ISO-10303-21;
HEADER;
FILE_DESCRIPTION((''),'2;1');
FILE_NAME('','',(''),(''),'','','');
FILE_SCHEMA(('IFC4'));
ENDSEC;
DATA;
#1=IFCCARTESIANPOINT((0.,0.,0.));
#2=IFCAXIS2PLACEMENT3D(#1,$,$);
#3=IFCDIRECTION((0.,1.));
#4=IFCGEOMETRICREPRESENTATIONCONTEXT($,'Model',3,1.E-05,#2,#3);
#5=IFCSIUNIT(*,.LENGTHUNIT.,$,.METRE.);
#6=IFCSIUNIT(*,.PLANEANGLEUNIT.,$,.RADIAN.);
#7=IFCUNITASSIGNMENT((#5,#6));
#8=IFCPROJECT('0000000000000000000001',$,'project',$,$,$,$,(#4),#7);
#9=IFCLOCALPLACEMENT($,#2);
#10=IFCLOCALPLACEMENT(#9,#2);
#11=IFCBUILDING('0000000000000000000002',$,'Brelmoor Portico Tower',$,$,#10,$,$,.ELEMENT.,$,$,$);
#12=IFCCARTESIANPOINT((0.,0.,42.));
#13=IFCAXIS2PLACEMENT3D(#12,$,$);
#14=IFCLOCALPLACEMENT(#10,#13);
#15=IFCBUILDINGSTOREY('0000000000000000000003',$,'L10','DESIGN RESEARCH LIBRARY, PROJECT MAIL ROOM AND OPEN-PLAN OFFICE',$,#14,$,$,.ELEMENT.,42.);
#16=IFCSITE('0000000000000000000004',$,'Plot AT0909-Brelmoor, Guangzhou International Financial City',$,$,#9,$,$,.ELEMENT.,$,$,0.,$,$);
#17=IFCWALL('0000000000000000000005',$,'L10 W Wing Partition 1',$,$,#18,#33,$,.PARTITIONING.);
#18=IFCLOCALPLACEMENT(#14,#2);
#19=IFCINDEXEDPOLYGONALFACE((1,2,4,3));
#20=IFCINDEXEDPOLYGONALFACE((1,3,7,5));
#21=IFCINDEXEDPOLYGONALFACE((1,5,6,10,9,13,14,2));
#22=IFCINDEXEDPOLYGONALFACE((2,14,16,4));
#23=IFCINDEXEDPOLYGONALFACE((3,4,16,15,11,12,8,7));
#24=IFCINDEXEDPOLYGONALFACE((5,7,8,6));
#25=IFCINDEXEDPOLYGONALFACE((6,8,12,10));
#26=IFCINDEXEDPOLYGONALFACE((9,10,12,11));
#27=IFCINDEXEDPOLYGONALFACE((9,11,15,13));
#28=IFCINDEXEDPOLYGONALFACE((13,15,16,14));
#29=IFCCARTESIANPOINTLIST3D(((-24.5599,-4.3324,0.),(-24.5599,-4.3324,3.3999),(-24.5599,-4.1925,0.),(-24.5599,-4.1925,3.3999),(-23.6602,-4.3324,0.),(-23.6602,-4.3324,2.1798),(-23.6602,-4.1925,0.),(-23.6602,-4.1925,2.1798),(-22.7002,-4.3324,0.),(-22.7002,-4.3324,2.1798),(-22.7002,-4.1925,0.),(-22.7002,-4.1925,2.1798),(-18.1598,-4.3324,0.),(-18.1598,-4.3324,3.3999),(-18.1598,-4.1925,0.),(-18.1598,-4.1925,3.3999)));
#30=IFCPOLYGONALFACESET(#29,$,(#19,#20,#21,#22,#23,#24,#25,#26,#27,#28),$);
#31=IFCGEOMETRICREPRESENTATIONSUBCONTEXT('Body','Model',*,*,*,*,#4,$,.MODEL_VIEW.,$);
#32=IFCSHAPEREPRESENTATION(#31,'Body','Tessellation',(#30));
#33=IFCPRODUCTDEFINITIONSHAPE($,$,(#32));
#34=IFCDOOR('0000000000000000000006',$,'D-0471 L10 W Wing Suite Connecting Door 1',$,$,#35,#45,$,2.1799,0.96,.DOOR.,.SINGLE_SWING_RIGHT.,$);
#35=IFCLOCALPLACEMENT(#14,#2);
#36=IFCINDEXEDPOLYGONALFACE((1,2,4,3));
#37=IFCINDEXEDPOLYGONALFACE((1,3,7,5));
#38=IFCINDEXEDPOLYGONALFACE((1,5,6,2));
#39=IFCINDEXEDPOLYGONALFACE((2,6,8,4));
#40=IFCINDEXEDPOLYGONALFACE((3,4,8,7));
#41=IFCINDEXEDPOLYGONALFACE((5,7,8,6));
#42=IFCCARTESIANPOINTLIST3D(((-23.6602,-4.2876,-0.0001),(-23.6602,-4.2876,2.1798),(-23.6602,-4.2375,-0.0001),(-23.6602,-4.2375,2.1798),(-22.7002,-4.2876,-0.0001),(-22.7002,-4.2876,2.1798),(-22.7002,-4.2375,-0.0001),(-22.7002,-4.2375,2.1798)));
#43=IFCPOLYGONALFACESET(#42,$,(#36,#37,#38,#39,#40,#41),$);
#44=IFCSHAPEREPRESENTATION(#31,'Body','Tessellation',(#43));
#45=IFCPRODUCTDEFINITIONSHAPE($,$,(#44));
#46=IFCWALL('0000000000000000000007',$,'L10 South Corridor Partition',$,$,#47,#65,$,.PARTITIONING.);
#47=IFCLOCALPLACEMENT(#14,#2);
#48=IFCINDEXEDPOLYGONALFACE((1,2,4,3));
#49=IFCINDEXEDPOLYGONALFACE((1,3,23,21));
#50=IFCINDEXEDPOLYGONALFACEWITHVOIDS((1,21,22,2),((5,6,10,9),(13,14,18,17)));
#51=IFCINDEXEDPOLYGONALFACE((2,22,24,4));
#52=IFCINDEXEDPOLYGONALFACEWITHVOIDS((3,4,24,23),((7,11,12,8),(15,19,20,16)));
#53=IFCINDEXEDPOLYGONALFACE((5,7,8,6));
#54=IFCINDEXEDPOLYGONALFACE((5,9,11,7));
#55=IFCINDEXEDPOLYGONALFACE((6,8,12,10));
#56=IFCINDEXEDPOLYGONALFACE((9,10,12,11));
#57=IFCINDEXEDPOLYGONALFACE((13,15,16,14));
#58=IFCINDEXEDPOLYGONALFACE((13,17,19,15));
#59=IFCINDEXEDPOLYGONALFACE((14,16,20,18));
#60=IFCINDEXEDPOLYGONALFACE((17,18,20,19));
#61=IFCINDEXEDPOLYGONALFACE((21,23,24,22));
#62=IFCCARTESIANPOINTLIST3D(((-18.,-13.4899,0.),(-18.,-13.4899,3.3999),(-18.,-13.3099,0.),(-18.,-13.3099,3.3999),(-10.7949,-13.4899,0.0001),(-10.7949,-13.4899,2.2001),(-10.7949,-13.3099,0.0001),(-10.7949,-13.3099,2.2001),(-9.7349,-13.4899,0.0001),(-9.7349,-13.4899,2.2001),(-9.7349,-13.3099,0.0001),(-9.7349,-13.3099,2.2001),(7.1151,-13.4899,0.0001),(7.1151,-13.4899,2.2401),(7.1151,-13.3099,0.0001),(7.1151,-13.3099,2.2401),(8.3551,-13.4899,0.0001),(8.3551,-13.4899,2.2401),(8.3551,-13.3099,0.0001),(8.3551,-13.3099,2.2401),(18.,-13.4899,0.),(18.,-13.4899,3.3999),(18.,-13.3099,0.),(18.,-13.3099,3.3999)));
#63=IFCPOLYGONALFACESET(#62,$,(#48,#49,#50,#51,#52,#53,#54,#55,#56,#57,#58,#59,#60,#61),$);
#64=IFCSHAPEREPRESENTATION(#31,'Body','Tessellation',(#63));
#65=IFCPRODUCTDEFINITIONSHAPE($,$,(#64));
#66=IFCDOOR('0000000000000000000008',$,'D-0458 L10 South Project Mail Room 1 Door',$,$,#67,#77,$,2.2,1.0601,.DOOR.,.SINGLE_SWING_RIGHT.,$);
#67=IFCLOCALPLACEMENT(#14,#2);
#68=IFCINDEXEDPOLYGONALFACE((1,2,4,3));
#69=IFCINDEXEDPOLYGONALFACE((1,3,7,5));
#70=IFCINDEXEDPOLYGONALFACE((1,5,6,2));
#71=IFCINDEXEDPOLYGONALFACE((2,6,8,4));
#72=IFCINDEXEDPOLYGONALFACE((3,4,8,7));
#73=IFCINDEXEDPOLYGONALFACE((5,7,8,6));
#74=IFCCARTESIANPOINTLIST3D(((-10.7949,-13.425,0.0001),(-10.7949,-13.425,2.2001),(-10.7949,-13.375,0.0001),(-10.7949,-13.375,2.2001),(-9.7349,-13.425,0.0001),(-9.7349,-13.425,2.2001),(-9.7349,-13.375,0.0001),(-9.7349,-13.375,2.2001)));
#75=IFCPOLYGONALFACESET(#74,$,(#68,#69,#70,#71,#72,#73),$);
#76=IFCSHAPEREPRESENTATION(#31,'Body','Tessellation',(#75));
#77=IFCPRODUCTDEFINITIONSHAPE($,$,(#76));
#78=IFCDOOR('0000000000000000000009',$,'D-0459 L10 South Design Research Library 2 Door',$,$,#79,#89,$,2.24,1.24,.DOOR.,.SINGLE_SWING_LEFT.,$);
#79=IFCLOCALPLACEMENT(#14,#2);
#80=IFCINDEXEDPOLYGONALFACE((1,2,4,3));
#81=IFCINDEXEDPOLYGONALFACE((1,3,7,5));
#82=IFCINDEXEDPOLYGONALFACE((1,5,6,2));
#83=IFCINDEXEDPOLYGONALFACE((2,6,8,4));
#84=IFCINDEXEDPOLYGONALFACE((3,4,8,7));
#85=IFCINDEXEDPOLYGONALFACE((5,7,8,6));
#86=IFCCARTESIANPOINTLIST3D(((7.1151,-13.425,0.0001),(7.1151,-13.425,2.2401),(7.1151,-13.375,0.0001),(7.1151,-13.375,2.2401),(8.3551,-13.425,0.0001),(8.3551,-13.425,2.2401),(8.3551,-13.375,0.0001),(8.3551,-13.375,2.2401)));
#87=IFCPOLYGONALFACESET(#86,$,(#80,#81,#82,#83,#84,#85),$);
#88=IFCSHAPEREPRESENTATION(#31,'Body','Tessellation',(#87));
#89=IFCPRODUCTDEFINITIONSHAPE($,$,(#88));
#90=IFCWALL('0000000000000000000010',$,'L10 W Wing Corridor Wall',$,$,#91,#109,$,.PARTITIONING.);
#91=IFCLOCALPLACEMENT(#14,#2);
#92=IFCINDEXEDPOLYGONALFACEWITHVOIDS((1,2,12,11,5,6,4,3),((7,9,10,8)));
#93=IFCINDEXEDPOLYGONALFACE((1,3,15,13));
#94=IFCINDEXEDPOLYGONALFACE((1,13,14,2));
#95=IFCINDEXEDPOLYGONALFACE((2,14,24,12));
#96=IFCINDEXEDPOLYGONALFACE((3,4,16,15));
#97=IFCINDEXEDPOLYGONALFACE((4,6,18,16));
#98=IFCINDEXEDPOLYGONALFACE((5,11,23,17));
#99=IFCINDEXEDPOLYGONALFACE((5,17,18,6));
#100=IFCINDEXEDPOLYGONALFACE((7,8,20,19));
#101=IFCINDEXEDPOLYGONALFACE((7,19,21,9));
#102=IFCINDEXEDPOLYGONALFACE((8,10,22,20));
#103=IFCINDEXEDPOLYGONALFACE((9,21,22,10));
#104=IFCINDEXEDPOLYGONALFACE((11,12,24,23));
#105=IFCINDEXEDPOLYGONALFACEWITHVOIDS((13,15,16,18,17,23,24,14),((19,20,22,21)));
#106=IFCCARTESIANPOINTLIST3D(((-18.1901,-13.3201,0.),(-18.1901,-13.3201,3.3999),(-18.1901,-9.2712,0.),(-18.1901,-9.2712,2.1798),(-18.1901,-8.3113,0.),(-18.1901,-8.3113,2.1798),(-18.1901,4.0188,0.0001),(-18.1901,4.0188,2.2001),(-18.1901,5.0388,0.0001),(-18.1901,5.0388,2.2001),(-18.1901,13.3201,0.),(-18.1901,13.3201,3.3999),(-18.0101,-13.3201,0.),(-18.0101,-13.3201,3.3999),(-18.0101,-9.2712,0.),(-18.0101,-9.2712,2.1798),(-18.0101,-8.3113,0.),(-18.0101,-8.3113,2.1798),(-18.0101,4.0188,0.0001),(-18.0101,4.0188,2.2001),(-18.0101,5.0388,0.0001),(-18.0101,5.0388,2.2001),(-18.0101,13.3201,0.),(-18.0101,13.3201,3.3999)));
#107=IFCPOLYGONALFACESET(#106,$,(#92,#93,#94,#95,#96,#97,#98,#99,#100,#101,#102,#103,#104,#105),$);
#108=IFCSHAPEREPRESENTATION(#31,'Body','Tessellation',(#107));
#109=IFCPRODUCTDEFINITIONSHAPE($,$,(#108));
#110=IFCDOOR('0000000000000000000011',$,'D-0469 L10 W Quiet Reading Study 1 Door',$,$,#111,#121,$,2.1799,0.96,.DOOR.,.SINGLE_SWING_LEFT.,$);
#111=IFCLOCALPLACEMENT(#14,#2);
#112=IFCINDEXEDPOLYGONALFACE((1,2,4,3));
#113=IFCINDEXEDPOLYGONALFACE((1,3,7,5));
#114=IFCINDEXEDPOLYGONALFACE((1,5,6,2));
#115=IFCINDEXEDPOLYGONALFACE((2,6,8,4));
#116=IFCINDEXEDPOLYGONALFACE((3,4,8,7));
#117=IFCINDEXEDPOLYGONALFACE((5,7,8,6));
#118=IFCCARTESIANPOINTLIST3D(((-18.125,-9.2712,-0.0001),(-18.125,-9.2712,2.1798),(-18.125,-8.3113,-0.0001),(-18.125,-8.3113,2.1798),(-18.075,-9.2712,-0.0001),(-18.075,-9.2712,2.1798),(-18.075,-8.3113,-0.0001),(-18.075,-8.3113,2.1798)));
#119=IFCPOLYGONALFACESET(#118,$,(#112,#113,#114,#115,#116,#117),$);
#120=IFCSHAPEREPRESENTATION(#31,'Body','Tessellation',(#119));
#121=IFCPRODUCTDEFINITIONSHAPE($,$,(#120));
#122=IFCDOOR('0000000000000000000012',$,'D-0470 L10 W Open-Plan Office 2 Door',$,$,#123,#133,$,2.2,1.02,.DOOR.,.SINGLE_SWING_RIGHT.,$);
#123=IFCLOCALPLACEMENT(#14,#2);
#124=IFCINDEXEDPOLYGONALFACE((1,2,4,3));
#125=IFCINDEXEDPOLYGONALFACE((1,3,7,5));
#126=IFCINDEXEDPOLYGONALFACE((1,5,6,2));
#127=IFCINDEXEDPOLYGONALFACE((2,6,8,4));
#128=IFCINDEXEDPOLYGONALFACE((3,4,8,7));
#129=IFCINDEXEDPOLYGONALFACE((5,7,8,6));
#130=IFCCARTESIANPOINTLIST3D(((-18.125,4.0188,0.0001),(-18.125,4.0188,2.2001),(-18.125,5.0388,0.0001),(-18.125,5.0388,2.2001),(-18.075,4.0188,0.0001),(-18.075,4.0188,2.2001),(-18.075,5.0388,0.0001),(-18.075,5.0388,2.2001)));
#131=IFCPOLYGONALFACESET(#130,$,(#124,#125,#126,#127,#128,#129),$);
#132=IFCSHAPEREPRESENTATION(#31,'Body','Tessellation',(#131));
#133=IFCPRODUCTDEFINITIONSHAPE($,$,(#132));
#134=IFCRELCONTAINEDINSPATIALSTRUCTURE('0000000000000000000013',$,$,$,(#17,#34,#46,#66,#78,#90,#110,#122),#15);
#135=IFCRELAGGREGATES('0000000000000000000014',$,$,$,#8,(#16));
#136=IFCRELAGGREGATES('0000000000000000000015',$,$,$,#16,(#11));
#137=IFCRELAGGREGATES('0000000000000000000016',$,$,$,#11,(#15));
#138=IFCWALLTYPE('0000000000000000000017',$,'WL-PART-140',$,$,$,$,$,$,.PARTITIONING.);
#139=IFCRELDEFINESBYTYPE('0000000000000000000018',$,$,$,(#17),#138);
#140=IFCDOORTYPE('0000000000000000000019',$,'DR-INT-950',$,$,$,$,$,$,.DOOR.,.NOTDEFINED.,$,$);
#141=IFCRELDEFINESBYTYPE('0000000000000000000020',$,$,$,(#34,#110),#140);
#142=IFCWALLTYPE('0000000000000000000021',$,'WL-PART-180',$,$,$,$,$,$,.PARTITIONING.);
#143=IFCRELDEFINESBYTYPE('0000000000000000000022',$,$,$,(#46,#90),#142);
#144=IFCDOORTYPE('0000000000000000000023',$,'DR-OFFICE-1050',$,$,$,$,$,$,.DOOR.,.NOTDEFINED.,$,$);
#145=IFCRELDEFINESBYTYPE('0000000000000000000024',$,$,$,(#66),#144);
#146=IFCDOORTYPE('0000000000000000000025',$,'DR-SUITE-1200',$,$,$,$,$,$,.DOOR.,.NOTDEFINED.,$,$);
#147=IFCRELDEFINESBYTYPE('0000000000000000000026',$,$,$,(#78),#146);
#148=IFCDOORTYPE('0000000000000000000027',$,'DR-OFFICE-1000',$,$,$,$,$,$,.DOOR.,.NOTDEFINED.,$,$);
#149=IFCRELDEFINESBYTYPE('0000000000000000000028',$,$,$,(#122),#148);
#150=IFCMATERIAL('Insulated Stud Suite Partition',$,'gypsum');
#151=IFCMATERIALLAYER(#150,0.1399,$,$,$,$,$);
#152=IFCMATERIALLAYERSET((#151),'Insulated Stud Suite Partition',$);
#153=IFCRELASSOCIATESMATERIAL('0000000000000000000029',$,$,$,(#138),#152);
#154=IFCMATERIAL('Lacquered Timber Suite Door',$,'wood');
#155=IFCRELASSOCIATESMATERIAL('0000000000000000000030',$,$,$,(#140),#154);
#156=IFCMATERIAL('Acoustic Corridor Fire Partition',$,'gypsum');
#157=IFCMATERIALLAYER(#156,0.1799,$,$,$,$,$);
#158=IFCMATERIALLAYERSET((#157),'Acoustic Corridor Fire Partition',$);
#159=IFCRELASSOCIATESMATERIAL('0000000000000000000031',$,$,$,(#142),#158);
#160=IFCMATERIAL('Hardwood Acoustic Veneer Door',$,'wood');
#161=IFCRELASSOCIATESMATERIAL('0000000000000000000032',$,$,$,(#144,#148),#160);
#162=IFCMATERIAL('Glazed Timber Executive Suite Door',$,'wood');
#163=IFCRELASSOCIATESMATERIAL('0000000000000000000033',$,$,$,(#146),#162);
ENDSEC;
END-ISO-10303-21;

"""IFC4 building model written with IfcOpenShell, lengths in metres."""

from ifc_helpers import new_model, si_unit, direction, frame, frame_2d, origin, place, context, subcontext, project, spatial, rectangle, extrude, material, layer, layer_set, type_object, element, fill, save


model = new_model("IFC4")

# Units and contexts
model_context = context("Model", 3, precision=1e-05, world=origin(), true_north=direction((0.0, 1.0)))
body_context = subcontext(model_context, "Body", "Model", "MODEL_VIEW")
ifc_project = project(units=[si_unit("LENGTHUNIT", "METRE"), si_unit("PLANEANGLEUNIT", "RADIAN")], contexts=[model_context])

# Site, building, storey
site_placement = place(None, origin())
site = spatial("IfcSite", under=ifc_project, at=site_placement, Name="Plot AT0909-Brelmoor, Guangzhou International Financial City", CompositionType="ELEMENT", RefElevation=0.0)
building_placement = place(site_placement, origin())
building = spatial("IfcBuilding", under=site, at=building_placement, Name="Brelmoor Portico Tower", CompositionType="ELEMENT")
storey_placement = place(building_placement, frame((0.0, 0.0, 42.0)))
storey = spatial("IfcBuildingStorey", under=building, at=storey_placement, Name="L10", Description="DESIGN RESEARCH LIBRARY, PROJECT MAIL ROOM AND OPEN-PLAN OFFICE", CompositionType="ELEMENT", Elevation=42.0)

# Wall, opening, door
ifc_material_1 = material(Name="Insulated Stud Suite Partition", Category="gypsum")
ifc_layer_1 = layer(ifc_material_1, 0.1399)
ifc_layer_set_1 = layer_set([ifc_layer_1], Name="Insulated Stud Suite Partition")
wall_type_1 = type_object("IfcWallType", Name="WL-PART-140", PredefinedType="PARTITIONING", material=ifc_layer_set_1)
ifc_material_2 = material(Name="Lacquered Timber Suite Door", Category="wood")
door_type_1 = type_object("IfcDoorType", Name="DR-INT-950", OperationType="NOTDEFINED", PredefinedType="DOOR", material=ifc_material_2)
wall_1_placement = place(storey_placement, frame((-24.5601, -4.2625, 0.0), z_axis=(0.0, 0.0, 1.0), x_axis=(1.0, 0.0, 0.0)))
wall_1 = element("IfcWall", 1, at=wall_1_placement, inside=storey, type_object=wall_type_1, Name="L10 W Wing Partition 1", PredefinedType="PARTITIONING", context=body_context, shape_type="SweptSolid", body=[
    extrude(rectangle(XDim=6.4001, YDim=0.1399, at=frame_2d((3.2002, 0.0))), origin(), (0.0, 0.0, 1.0), 3.3999),
])
opening_1_placement = place(wall_1_placement, frame((0.8999, 0.0, 0.0)))
opening_1 = element("IfcOpeningElement", 2, at=opening_1_placement, cuts=wall_1, PredefinedType="OPENING", context=body_context, shape_type="SweptSolid", body=[
    extrude(rectangle(XDim=0.96, YDim=2.1799, at=frame_2d((0.48, 1.0898))), frame((0.0, 0.0798, 0.0), z_axis=(0.0, -1.0, 0.0), x_axis=(1.0, 0.0, 0.0)), (0.0, 0.0, 1.0), 0.1599),
])
door_1_placement = place(opening_1_placement, origin())
door_1 = element("IfcDoor", 3, at=door_1_placement, inside=storey, type_object=door_type_1, Name="D-0471 L10 W Wing Suite Connecting Door 1", OperationType="SINGLE_SWING_RIGHT", OverallHeight=2.1799, OverallWidth=0.96, PredefinedType="DOOR", context=body_context, shape_type="SweptSolid", body=[
    extrude(rectangle(XDim=0.96, YDim=2.1799, at=frame_2d((0.48, 1.0898))), frame((0.0, 0.0249, 0.0), z_axis=(0.0, -1.0, 0.0), x_axis=(1.0, 0.0, 0.0)), (0.0, 0.0, 1.0), 0.05),
])
fill(opening_1, door_1)

# Walls, openings, doors
ifc_material_3 = material(Name="Acoustic Corridor Fire Partition", Category="gypsum")
ifc_layer_2 = layer(ifc_material_3, 0.1799)
ifc_layer_set_2 = layer_set([ifc_layer_2], Name="Acoustic Corridor Fire Partition")
wall_type_2 = type_object("IfcWallType", Name="WL-PART-180", PredefinedType="PARTITIONING", material=ifc_layer_set_2)
wall_2_placement = place(storey_placement, frame((-18.0, -13.3999, 0.0), z_axis=(0.0, 0.0, 1.0), x_axis=(1.0, 0.0, 0.0)))
wall_2 = element("IfcWall", 4, at=wall_2_placement, inside=storey, type_object=wall_type_2, Name="L10 South Corridor Partition", PredefinedType="PARTITIONING", context=body_context, shape_type="SweptSolid", body=[
    extrude(rectangle(XDim=36.0, YDim=0.1799, at=frame_2d((18.0, 0.0))), origin(), (0.0, 0.0, 1.0), 3.3999),
])
opening_2_placement = place(wall_2_placement, frame((7.2051, 0.0, 0.0)))
opening_2 = element("IfcOpeningElement", 5, at=opening_2_placement, cuts=wall_2, PredefinedType="OPENING", context=body_context, shape_type="SweptSolid", body=[
    extrude(rectangle(XDim=1.0601, YDim=2.2, at=frame_2d((0.53, 1.1001))), frame((0.0, 0.0999, 0.0), z_axis=(0.0, -1.0, 0.0), x_axis=(1.0, 0.0, 0.0)), (0.0, 0.0, 1.0), 0.2),
])
opening_3_placement = place(wall_2_placement, frame((25.115, 0.0, 0.0)))
opening_3 = element("IfcOpeningElement", 6, at=opening_3_placement, cuts=wall_2, PredefinedType="OPENING", context=body_context, shape_type="SweptSolid", body=[
    extrude(rectangle(XDim=1.24, YDim=2.24, at=frame_2d((0.6201, 1.1201))), frame((0.0, 0.0999, 0.0), z_axis=(0.0, -1.0, 0.0), x_axis=(1.0, 0.0, 0.0)), (0.0, 0.0, 1.0), 0.2),
])
ifc_material_4 = material(Name="Hardwood Acoustic Veneer Door", Category="wood")
door_type_2 = type_object("IfcDoorType", Name="DR-OFFICE-1050", OperationType="NOTDEFINED", PredefinedType="DOOR", material=ifc_material_4)
door_2_placement = place(opening_2_placement, origin())
door_2 = element("IfcDoor", 7, at=door_2_placement, inside=storey, type_object=door_type_2, Name="D-0458 L10 South Project Mail Room 1 Door", OperationType="SINGLE_SWING_RIGHT", OverallHeight=2.2, OverallWidth=1.0601, PredefinedType="DOOR", context=body_context, shape_type="SweptSolid", body=[
    extrude(rectangle(XDim=1.0601, YDim=2.2, at=frame_2d((0.53, 1.1001))), frame((0.0, 0.0249, 0.0), z_axis=(0.0, -1.0, 0.0), x_axis=(1.0, 0.0, 0.0)), (0.0, 0.0, 1.0), 0.05),
])
fill(opening_2, door_2)
ifc_material_5 = material(Name="Glazed Timber Executive Suite Door", Category="wood")
door_type_3 = type_object("IfcDoorType", Name="DR-SUITE-1200", OperationType="NOTDEFINED", PredefinedType="DOOR", material=ifc_material_5)
door_3_placement = place(opening_3_placement, origin())
door_3 = element("IfcDoor", 8, at=door_3_placement, inside=storey, type_object=door_type_3, Name="D-0459 L10 South Design Research Library 2 Door", OperationType="SINGLE_SWING_LEFT", OverallHeight=2.24, OverallWidth=1.24, PredefinedType="DOOR", context=body_context, shape_type="SweptSolid", body=[
    extrude(rectangle(XDim=1.24, YDim=2.24, at=frame_2d((0.6201, 1.1201))), frame((0.0, 0.0249, 0.0), z_axis=(0.0, -1.0, 0.0), x_axis=(1.0, 0.0, 0.0)), (0.0, 0.0, 1.0), 0.05),
])
fill(opening_3, door_3)
wall_3_placement = place(storey_placement, frame((-18.1001, -13.3201, 0.0), z_axis=(0.0, 0.0, 1.0), x_axis=(0.0, 1.0, 0.0)))
wall_3 = element("IfcWall", 9, at=wall_3_placement, inside=storey, type_object=wall_type_2, Name="L10 W Wing Corridor Wall", PredefinedType="PARTITIONING", context=body_context, shape_type="SweptSolid", body=[
    extrude(rectangle(XDim=26.6401, YDim=0.1799, at=frame_2d((13.3201, 0.0))), origin(), (0.0, 0.0, 1.0), 3.3999),
])
opening_4_placement = place(wall_3_placement, frame((4.0488, 0.0, 0.0)))
opening_4 = element("IfcOpeningElement", 10, at=opening_4_placement, cuts=wall_3, PredefinedType="OPENING", context=body_context, shape_type="SweptSolid", body=[
    extrude(rectangle(XDim=0.96, YDim=2.1799, at=frame_2d((0.48, 1.0898))), frame((0.0, 0.0999, 0.0), z_axis=(0.0, -1.0, 0.0), x_axis=(1.0, 0.0, 0.0)), (0.0, 0.0, 1.0), 0.2),
])
opening_5_placement = place(wall_3_placement, frame((17.3389, 0.0, 0.0)))
opening_5 = element("IfcOpeningElement", 11, at=opening_5_placement, cuts=wall_3, PredefinedType="OPENING", context=body_context, shape_type="SweptSolid", body=[
    extrude(rectangle(XDim=1.02, YDim=2.2, at=frame_2d((0.51, 1.1001))), frame((0.0, 0.0999, 0.0), z_axis=(0.0, -1.0, 0.0), x_axis=(1.0, 0.0, 0.0)), (0.0, 0.0, 1.0), 0.2),
])
door_4_placement = place(opening_4_placement, origin())
door_4 = element("IfcDoor", 12, at=door_4_placement, inside=storey, type_object=door_type_1, Name="D-0469 L10 W Quiet Reading Study 1 Door", OperationType="SINGLE_SWING_LEFT", OverallHeight=2.1799, OverallWidth=0.96, PredefinedType="DOOR", context=body_context, shape_type="SweptSolid", body=[
    extrude(rectangle(XDim=0.96, YDim=2.1799, at=frame_2d((0.48, 1.0898))), frame((0.0, 0.0249, 0.0), z_axis=(0.0, -1.0, 0.0), x_axis=(1.0, 0.0, 0.0)), (0.0, 0.0, 1.0), 0.05),
])
fill(opening_4, door_4)
door_type_4 = type_object("IfcDoorType", Name="DR-OFFICE-1000", OperationType="NOTDEFINED", PredefinedType="DOOR", material=ifc_material_4)
door_5_placement = place(opening_5_placement, origin())
door_5 = element("IfcDoor", 13, at=door_5_placement, inside=storey, type_object=door_type_4, Name="D-0470 L10 W Open-Plan Office 2 Door", OperationType="SINGLE_SWING_RIGHT", OverallHeight=2.2, OverallWidth=1.02, PredefinedType="DOOR", context=body_context, shape_type="SweptSolid", body=[
    extrude(rectangle(XDim=1.02, YDim=2.2, at=frame_2d((0.51, 1.1001))), frame((0.0, 0.0249, 0.0), z_axis=(0.0, -1.0, 0.0), x_axis=(1.0, 0.0, 0.0)), (0.0, 0.0, 1.0), 0.05),
])
fill(opening_5, door_5)

save(model, "model.ifc")
